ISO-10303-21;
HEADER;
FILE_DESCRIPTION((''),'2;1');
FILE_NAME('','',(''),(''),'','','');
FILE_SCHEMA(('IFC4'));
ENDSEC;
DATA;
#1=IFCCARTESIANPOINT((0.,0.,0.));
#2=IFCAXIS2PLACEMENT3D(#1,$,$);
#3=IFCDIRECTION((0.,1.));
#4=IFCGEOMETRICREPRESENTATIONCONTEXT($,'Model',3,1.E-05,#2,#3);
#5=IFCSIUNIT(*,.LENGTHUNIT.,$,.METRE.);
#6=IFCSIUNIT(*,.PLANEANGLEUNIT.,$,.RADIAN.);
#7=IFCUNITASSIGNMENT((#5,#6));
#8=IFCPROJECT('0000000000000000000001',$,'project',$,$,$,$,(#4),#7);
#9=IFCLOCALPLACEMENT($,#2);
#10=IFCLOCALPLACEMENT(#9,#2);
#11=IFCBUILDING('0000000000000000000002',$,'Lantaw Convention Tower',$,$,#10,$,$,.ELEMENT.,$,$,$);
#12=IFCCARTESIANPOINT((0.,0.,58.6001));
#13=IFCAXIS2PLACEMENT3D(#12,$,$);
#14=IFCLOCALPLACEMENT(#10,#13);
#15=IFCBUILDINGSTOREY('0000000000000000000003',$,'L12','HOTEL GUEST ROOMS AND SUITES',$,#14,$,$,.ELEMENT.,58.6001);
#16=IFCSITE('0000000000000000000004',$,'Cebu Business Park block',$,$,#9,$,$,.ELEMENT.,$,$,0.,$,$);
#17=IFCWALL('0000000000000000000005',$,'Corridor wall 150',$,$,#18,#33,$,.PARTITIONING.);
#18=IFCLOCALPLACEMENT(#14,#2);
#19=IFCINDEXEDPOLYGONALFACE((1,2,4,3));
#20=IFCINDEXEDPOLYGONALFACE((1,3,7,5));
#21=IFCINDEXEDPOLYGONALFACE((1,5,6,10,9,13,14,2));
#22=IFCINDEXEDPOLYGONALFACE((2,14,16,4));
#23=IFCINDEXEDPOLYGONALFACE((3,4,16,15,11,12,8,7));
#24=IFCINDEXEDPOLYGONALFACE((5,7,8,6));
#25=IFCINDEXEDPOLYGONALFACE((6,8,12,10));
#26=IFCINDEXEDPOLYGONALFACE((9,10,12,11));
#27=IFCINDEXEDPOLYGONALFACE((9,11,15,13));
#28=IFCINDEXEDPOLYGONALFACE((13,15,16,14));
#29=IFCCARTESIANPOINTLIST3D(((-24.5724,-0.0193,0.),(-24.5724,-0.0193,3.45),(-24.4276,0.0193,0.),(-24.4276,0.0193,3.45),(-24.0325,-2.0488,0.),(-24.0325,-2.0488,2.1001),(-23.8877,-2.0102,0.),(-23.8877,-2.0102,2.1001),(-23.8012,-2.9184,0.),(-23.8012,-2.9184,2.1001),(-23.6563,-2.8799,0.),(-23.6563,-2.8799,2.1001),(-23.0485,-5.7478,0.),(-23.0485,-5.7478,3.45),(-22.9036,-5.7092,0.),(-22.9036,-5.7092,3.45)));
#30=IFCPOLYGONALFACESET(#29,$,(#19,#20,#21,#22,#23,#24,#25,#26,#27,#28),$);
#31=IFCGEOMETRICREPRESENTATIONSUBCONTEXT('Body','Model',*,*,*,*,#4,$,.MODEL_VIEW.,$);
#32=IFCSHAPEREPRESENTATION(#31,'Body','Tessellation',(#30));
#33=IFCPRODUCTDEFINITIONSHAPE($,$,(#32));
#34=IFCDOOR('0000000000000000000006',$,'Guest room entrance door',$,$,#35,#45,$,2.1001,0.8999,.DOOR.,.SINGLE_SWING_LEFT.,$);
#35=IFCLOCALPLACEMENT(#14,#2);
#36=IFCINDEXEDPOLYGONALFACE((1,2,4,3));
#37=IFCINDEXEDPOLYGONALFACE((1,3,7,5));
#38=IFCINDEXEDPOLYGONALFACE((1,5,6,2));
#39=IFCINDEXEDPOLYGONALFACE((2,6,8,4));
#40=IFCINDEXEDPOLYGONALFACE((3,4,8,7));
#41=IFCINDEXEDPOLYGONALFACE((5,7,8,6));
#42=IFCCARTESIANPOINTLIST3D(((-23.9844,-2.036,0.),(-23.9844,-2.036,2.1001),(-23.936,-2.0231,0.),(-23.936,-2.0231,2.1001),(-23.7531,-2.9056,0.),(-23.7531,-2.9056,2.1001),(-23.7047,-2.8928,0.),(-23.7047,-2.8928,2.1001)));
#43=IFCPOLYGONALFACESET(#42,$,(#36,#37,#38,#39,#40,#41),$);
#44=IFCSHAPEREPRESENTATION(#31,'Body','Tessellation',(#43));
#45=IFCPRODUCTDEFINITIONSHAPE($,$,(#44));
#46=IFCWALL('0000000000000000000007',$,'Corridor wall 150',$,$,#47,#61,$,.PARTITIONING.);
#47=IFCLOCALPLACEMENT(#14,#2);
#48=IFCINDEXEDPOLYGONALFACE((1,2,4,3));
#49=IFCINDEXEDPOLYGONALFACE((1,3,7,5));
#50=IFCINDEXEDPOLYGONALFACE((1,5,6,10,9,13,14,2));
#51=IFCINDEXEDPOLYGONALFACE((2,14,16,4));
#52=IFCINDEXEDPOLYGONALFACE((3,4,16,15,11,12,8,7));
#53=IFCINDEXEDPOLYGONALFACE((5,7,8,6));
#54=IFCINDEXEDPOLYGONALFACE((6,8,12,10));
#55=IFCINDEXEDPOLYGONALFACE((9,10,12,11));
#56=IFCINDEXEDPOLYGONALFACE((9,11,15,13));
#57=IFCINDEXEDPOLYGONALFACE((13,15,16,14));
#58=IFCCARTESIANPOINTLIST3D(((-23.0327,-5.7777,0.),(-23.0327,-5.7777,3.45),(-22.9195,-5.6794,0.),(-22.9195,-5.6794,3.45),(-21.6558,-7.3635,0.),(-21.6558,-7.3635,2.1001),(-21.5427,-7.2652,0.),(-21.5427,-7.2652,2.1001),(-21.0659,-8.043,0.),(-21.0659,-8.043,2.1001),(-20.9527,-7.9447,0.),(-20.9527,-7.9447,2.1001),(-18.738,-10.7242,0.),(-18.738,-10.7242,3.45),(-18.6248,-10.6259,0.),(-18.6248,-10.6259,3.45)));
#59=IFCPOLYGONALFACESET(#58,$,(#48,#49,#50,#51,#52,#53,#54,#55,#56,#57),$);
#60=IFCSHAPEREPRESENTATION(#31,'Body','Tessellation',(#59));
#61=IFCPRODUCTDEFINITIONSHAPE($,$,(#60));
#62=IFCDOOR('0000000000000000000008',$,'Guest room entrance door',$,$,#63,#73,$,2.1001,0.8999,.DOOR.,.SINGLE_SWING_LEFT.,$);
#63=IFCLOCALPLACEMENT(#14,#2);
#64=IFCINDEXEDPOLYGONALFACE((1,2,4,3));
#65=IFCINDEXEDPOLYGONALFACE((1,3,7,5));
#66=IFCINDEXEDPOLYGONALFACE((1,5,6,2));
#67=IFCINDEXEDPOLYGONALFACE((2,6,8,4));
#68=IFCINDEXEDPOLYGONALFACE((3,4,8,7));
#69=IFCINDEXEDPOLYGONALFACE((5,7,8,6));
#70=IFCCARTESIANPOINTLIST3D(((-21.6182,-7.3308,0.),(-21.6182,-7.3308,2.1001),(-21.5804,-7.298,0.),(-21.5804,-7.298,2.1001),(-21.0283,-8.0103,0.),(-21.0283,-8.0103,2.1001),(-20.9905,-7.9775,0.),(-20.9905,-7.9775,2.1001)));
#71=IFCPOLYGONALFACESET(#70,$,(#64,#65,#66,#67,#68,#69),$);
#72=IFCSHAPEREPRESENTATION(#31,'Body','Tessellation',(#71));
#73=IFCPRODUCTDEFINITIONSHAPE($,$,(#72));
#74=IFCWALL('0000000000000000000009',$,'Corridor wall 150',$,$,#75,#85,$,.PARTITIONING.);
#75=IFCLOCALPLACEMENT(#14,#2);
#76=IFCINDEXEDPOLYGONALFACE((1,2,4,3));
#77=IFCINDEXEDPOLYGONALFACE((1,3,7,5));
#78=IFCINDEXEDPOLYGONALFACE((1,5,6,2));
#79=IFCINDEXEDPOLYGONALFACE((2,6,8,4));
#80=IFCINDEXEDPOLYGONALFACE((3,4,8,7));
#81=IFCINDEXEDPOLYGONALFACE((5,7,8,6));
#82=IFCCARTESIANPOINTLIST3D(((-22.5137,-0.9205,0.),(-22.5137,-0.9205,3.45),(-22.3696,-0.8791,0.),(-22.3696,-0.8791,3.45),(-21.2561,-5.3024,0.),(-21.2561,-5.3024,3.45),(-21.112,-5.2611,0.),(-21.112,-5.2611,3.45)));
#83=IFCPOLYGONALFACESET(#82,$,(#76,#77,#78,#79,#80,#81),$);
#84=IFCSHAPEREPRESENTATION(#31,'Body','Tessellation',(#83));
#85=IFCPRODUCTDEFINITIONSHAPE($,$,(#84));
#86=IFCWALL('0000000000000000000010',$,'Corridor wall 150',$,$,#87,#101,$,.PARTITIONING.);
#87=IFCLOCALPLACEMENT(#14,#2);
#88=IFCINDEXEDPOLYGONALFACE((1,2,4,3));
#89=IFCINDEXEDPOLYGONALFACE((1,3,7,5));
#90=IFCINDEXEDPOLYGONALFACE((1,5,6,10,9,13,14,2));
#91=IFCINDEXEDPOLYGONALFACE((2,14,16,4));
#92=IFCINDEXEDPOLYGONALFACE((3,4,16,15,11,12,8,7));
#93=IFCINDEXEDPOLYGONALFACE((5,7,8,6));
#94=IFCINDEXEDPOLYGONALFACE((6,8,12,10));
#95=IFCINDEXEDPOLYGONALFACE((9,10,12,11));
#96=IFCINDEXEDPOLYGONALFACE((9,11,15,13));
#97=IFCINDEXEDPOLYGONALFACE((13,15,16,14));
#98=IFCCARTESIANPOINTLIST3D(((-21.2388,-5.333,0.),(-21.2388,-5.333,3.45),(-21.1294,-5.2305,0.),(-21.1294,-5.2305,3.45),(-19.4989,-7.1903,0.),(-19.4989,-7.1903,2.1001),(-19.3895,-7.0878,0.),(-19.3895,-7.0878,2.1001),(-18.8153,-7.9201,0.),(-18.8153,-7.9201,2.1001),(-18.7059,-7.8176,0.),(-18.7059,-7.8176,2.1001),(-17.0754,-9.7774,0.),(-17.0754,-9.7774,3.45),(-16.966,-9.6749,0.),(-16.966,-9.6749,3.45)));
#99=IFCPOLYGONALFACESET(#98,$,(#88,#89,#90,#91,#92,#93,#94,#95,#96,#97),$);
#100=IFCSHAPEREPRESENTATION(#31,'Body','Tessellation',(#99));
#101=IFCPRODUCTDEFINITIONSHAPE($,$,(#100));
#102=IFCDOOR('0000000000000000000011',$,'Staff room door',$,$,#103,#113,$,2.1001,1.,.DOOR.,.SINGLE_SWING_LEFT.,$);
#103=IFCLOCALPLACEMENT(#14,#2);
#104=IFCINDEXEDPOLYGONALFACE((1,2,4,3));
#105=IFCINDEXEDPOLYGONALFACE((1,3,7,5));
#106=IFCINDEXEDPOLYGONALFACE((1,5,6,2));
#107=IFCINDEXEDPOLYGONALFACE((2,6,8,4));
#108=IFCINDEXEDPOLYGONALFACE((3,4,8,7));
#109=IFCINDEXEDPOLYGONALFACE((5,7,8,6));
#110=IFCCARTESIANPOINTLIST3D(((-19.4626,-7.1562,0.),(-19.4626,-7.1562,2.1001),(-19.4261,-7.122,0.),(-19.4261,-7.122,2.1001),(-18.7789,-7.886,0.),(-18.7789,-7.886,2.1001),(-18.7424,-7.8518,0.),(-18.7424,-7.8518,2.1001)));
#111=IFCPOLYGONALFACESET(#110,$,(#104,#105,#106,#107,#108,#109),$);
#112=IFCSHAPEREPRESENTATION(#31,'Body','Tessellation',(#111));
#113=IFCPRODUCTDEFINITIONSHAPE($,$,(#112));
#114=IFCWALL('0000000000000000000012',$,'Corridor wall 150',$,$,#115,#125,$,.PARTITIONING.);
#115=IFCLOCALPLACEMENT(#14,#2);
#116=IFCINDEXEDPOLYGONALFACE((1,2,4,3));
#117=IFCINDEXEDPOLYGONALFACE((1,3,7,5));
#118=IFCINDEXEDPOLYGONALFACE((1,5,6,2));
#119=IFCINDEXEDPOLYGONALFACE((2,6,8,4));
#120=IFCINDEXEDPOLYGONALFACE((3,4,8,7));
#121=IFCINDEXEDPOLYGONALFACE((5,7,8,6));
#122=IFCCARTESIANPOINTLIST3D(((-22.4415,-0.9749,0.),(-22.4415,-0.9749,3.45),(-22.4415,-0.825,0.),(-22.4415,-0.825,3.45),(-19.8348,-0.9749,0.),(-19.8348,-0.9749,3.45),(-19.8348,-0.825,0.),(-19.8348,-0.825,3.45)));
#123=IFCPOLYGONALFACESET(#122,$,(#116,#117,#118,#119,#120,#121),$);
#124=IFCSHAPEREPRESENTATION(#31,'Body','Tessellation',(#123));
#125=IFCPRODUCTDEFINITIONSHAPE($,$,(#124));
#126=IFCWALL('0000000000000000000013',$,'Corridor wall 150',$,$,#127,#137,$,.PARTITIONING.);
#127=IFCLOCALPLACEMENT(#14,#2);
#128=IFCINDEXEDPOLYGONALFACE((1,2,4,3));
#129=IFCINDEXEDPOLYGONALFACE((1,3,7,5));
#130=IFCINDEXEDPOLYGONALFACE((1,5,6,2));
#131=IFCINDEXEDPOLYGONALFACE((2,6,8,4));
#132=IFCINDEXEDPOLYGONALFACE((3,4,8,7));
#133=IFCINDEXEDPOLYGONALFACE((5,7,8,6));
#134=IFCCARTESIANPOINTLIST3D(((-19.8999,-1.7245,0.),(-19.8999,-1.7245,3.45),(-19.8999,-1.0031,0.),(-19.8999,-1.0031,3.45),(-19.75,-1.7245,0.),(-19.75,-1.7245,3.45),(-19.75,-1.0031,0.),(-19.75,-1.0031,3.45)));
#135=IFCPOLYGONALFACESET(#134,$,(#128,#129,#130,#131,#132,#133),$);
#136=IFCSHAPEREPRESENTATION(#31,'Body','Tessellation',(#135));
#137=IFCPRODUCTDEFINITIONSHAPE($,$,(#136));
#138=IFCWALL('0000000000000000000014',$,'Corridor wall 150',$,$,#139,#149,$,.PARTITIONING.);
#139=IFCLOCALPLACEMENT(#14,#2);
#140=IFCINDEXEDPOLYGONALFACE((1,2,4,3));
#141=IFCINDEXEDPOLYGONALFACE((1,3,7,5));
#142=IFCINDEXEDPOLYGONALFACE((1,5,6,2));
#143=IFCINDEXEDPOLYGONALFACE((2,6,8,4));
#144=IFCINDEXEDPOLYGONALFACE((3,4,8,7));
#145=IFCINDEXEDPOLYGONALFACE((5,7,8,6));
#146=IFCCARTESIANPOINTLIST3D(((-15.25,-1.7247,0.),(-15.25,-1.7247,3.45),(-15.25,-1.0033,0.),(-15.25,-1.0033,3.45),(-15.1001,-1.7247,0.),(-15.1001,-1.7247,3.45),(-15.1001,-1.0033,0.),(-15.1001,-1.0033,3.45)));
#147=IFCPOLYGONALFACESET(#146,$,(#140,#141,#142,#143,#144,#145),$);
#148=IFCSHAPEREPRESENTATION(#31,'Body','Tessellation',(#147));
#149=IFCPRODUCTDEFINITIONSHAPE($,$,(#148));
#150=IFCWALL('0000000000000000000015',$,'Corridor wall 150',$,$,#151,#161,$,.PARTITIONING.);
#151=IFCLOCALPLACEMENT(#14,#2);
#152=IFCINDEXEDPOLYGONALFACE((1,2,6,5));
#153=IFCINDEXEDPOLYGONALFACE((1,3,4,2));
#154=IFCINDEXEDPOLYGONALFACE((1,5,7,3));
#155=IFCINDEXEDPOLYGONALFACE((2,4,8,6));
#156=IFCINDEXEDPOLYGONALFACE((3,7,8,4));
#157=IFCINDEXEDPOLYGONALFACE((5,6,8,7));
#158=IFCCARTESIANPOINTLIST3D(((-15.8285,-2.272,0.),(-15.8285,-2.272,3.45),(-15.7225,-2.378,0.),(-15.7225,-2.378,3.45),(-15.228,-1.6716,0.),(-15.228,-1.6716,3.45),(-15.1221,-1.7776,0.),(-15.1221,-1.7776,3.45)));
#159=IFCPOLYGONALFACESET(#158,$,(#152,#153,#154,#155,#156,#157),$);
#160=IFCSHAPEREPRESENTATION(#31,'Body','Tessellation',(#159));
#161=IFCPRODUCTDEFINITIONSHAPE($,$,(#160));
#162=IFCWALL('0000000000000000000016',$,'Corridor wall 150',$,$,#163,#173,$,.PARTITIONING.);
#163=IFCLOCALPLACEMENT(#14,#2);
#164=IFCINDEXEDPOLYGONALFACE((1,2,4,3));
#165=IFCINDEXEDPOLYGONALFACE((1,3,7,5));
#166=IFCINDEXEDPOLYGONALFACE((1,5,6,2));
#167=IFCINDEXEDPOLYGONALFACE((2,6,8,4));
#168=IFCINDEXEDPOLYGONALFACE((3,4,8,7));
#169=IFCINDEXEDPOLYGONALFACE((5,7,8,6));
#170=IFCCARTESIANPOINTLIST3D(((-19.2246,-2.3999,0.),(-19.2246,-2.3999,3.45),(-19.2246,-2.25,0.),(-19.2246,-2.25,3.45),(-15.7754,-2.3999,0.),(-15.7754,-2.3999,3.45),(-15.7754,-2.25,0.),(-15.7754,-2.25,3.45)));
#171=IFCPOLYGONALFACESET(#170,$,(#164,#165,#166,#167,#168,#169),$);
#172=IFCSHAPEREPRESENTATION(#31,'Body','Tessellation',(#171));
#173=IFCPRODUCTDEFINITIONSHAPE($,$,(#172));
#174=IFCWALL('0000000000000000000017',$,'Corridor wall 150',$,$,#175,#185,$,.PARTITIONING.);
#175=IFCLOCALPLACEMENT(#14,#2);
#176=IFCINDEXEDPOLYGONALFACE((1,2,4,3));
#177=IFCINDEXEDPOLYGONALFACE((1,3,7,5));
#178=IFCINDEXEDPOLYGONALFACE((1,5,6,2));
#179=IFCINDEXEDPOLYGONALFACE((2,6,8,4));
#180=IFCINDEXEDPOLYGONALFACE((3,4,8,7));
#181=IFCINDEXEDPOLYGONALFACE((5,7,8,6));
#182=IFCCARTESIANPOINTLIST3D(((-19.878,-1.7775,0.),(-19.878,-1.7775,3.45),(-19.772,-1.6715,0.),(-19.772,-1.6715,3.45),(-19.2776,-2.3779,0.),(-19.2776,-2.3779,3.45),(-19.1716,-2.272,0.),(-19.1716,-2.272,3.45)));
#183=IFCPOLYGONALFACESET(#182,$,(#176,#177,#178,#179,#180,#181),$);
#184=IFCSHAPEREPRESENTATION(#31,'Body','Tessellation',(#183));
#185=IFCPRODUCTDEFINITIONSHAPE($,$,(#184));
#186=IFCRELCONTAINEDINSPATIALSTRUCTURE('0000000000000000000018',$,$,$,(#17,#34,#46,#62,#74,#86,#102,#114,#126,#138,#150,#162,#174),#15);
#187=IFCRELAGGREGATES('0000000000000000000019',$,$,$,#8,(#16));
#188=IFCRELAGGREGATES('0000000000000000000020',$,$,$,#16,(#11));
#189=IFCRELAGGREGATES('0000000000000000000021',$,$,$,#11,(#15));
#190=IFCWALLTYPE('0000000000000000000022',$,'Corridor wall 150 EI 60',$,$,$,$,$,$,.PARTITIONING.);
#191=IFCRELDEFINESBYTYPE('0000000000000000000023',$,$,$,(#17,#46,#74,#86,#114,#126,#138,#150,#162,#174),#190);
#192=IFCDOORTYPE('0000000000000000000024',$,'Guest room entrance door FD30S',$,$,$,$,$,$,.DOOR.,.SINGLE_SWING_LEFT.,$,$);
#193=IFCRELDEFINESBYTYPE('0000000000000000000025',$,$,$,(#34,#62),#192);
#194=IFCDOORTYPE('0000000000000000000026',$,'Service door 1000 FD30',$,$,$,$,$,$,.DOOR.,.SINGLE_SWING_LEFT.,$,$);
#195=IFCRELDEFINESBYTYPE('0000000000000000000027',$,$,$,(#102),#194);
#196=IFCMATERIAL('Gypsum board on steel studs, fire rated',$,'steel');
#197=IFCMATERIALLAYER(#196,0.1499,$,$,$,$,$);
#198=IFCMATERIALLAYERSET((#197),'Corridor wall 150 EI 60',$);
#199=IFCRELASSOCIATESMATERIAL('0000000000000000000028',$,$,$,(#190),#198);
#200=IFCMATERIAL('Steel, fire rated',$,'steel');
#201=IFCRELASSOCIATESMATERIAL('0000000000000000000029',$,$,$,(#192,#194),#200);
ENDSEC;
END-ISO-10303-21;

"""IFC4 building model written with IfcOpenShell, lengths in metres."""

from ifc_helpers import new_model, si_unit, direction, frame, frame_2d, origin, place, context, subcontext, project, spatial, rectangle, extrude, material, layer, layer_set, type_object, element, fill, save


model = new_model("IFC4")

# Units and contexts
model_context = context("Model", 3, precision=1e-05, world=origin(), true_north=direction((0.0, 1.0)))
body_context = subcontext(model_context, "Body", "Model", "MODEL_VIEW")
ifc_project = project(units=[si_unit("LENGTHUNIT", "METRE"), si_unit("PLANEANGLEUNIT", "RADIAN")], contexts=[model_context])

# Site, building, storey
site_placement = place(None, origin())
site = spatial("IfcSite", under=ifc_project, at=site_placement, Name="Cebu Business Park block", CompositionType="ELEMENT", RefElevation=0.0)
building_placement = place(site_placement, origin())
building = spatial("IfcBuilding", under=site, at=building_placement, Name="Lantaw Convention Tower", CompositionType="ELEMENT")
storey_placement = place(building_placement, frame((0.0, 0.0, 58.6001)))
storey = spatial("IfcBuildingStorey", under=building, at=storey_placement, Name="L12", Description="HOTEL GUEST ROOMS AND SUITES", CompositionType="ELEMENT", Elevation=58.6001)

# Walls, openings, doors
ifc_material_1 = material(Name="Gypsum board on steel studs, fire rated", Category="steel")
ifc_layer_1 = layer(ifc_material_1, 0.1499)
ifc_layer_set_1 = layer_set([ifc_layer_1], Name="Corridor wall 150 EI 60")
wall_type_1 = type_object("IfcWallType", Name="Corridor wall 150 EI 60", PredefinedType="PARTITIONING", material=ifc_layer_set_1)
wall_1_placement = place(storey_placement, frame((-24.5, 0.0, 0.0), z_axis=(0.0, 0.0, 1.0), x_axis=(0.257083, -0.966389, 0.0)))
wall_1 = element("IfcWall", 1, at=wall_1_placement, inside=storey, type_object=wall_type_1, Name="Corridor wall 150", PredefinedType="PARTITIONING", context=body_context, shape_type="SweptSolid", body=[
    extrude(rectangle(XDim=5.9277, YDim=0.1499, at=frame_2d((2.9639, 0.0))), origin(), (0.0, 0.0, 1.0), 3.45),
])
opening_1_placement = place(wall_1_placement, frame((2.1001, 0.0, 0.0)))
opening_1 = element("IfcOpeningElement", 2, at=opening_1_placement, cuts=wall_1, PredefinedType="OPENING", context=body_context, shape_type="SweptSolid", body=[
    extrude(rectangle(XDim=0.8999, YDim=2.1001, at=frame_2d((0.45, 1.05))), frame((0.0, 0.085, 0.0), z_axis=(0.0, -1.0, 0.0), x_axis=(1.0, 0.0, 0.0)), (0.0, 0.0, 1.0), 0.1699),
])
ifc_material_2 = material(Name="Steel, fire rated", Category="steel")
door_type_1 = type_object("IfcDoorType", Name="Guest room entrance door FD30S", OperationType="SINGLE_SWING_LEFT", PredefinedType="DOOR", material=ifc_material_2)
door_1_placement = place(opening_1_placement, origin())
door_1 = element("IfcDoor", 3, at=door_1_placement, inside=storey, type_object=door_type_1, Name="Guest room entrance door", OperationType="SINGLE_SWING_LEFT", OverallHeight=2.1001, OverallWidth=0.8999, PredefinedType="DOOR", context=body_context, shape_type="SweptSolid", body=[
    extrude(rectangle(XDim=0.8999, YDim=2.1001, at=frame_2d((0.45, 1.05))), frame((0.0, 0.0249, 0.0), z_axis=(0.0, -1.0, 0.0), x_axis=(1.0, 0.0, 0.0)), (0.0, 0.0, 1.0), 0.05),
])
fill(opening_1, door_1)
wall_2_placement = place(storey_placement, frame((-22.9761, -5.7285, 0.0), z_axis=(0.0, 0.0, 1.0), x_axis=(0.6556, -0.755108, 0.0)))
wall_2 = element("IfcWall", 4, at=wall_2_placement, inside=storey, type_object=wall_type_1, Name="Corridor wall 150", PredefinedType="PARTITIONING", context=body_context, shape_type="SweptSolid", body=[
    extrude(rectangle(XDim=6.5508, YDim=0.1499, at=frame_2d((3.2754, 0.0))), origin(), (0.0, 0.0, 1.0), 3.45),
])
opening_2_placement = place(wall_2_placement, frame((2.1001, 0.0, 0.0)))
opening_2 = element("IfcOpeningElement", 5, at=opening_2_placement, cuts=wall_2, PredefinedType="OPENING", context=body_context, shape_type="SweptSolid", body=[
    extrude(rectangle(XDim=0.8999, YDim=2.1001, at=frame_2d((0.45, 1.05))), frame((0.0, 0.085, 0.0), z_axis=(0.0, -1.0, 0.0), x_axis=(1.0, 0.0, 0.0)), (0.0, 0.0, 1.0), 0.1699),
])
door_2_placement = place(opening_2_placement, origin())
door_2 = element("IfcDoor", 6, at=door_2_placement, inside=storey, type_object=door_type_1, Name="Guest room entrance door", OperationType="SINGLE_SWING_LEFT", OverallHeight=2.1001, OverallWidth=0.8999, PredefinedType="DOOR", context=body_context, shape_type="SweptSolid", body=[
    extrude(rectangle(XDim=0.8999, YDim=2.1001, at=frame_2d((0.45, 1.05))), frame((0.0, 0.0249, 0.0), z_axis=(0.0, -1.0, 0.0), x_axis=(1.0, 0.0, 0.0)), (0.0, 0.0, 1.0), 0.05),
])
fill(opening_2, door_2)

# Wall
wall_3_placement = place(storey_placement, frame((-22.4417, -0.8999, 0.0), z_axis=(0.0, 0.0, 1.0), x_axis=(0.27586, -0.961198, 0.0)))
element("IfcWall", 7, at=wall_3_placement, inside=storey, type_object=wall_type_1, Name="Corridor wall 150", PredefinedType="PARTITIONING", context=body_context, shape_type="SweptSolid", body=[
    extrude(rectangle(XDim=4.5588, YDim=0.1499, at=frame_2d((2.2793, 0.0))), origin(), (0.0, 0.0, 1.0), 3.45),
])

# Wall, opening, door
wall_4_placement = place(storey_placement, frame((-21.1841, -5.2817, 0.0), z_axis=(0.0, 0.0, 1.0), x_axis=(0.683658, -0.729802, 0.0)))
wall_4 = element("IfcWall", 8, at=wall_4_placement, inside=storey, type_object=wall_type_1, Name="Corridor wall 150", PredefinedType="PARTITIONING", context=body_context, shape_type="SweptSolid", body=[
    extrude(rectangle(XDim=6.0898, YDim=0.1499, at=frame_2d((3.0449, 0.0))), origin(), (0.0, 0.0, 1.0), 3.45),
])
opening_3_placement = place(wall_4_placement, frame((2.5449, 0.0, 0.0)))
opening_3 = element("IfcOpeningElement", 9, at=opening_3_placement, cuts=wall_4, PredefinedType="OPENING", context=body_context, shape_type="SweptSolid", body=[
    extrude(rectangle(XDim=1.0, YDim=2.1001, at=frame_2d((0.5, 1.05))), frame((0.0, 0.085, 0.0), z_axis=(0.0, -1.0, 0.0), x_axis=(1.0, 0.0, 0.0)), (0.0, 0.0, 1.0), 0.1699),
])
door_type_2 = type_object("IfcDoorType", Name="Service door 1000 FD30", OperationType="SINGLE_SWING_LEFT", PredefinedType="DOOR", material=ifc_material_2)
door_3_placement = place(opening_3_placement, origin())
door_3 = element("IfcDoor", 10, at=door_3_placement, inside=storey, type_object=door_type_2, Name="Staff room door", OperationType="SINGLE_SWING_LEFT", OverallHeight=2.1001, OverallWidth=1.0, PredefinedType="DOOR", context=body_context, shape_type="SweptSolid", body=[
    extrude(rectangle(XDim=1.0, YDim=2.1001, at=frame_2d((0.5, 1.05))), frame((0.0, 0.0249, 0.0), z_axis=(0.0, -1.0, 0.0), x_axis=(1.0, 0.0, 0.0)), (0.0, 0.0, 1.0), 0.05),
])
fill(opening_3, door_3)

# Walls
wall_5_placement = place(storey_placement, frame((-19.835, -0.8999, 0.0), z_axis=(0.0, 0.0, 1.0), x_axis=(-1.0, 0.0, 0.0)))
element("IfcWall", 11, at=wall_5_placement, inside=storey, type_object=wall_type_1, Name="Corridor wall 150", PredefinedType="PARTITIONING", context=body_context, shape_type="SweptSolid", body=[
    extrude(rectangle(XDim=2.6067, YDim=0.1499, at=frame_2d((1.3032, 0.0))), origin(), (0.0, 0.0, 1.0), 3.45),
])
for number, where, z_axis, x_axis, name in (
    (12, (-19.825, -1.7246, 0.0), (0.0, 0.0, 1.0), (0.0, 1.0, 0.0), "Corridor wall 150"),
    (13, (-15.175, -1.0032, 0.0), (0.0, 0.0, 1.0), (0.0, -1.0, 0.0), "Corridor wall 150"),
):
    element("IfcWall", number, at=place(storey_placement, frame(where, z_axis=z_axis, x_axis=x_axis)), inside=storey, type_object=wall_type_1, Name=name, PredefinedType="PARTITIONING", context=body_context, shape_type="SweptSolid", body=[
        extrude(rectangle(XDim=0.7214, YDim=0.1499, at=frame_2d((0.3608, 0.0))), origin(), (0.0, 0.0, 1.0), 3.45),
    ])
wall_6_placement = place(storey_placement, frame((-15.175, -1.7246, 0.0), z_axis=(0.0, 0.0, 1.0), x_axis=(-0.707107, -0.707107, 0.0)))
element("IfcWall", 14, at=wall_6_placement, inside=storey, type_object=wall_type_1, Name="Corridor wall 150", PredefinedType="PARTITIONING", context=body_context, shape_type="SweptSolid", body=[
    extrude(rectangle(XDim=0.8491, YDim=0.1499, at=frame_2d((0.4246, 0.0))), origin(), (0.0, 0.0, 1.0), 3.45),
])
wall_7_placement = place(storey_placement, frame((-15.7754, -2.325, 0.0), z_axis=(0.0, 0.0, 1.0), x_axis=(-1.0, 0.0, 0.0)))
element("IfcWall", 15, at=wall_7_placement, inside=storey, type_object=wall_type_1, Name="Corridor wall 150", PredefinedType="PARTITIONING", context=body_context, shape_type="SweptSolid", body=[
    extrude(rectangle(XDim=3.4492, YDim=0.1499, at=frame_2d((1.7246, 0.0))), origin(), (0.0, 0.0, 1.0), 3.45),
])
wall_8_placement = place(storey_placement, frame((-19.2246, -2.325, 0.0), z_axis=(0.0, 0.0, 1.0), x_axis=(-0.707107, 0.707107, 0.0)))
element("IfcWall", 16, at=wall_8_placement, inside=storey, type_object=wall_type_1, Name="Corridor wall 150", PredefinedType="PARTITIONING", context=body_context, shape_type="SweptSolid", body=[
    extrude(rectangle(XDim=0.8491, YDim=0.1499, at=frame_2d((0.4246, 0.0))), origin(), (0.0, 0.0, 1.0), 3.45),
])

save(model, "model.ifc")
